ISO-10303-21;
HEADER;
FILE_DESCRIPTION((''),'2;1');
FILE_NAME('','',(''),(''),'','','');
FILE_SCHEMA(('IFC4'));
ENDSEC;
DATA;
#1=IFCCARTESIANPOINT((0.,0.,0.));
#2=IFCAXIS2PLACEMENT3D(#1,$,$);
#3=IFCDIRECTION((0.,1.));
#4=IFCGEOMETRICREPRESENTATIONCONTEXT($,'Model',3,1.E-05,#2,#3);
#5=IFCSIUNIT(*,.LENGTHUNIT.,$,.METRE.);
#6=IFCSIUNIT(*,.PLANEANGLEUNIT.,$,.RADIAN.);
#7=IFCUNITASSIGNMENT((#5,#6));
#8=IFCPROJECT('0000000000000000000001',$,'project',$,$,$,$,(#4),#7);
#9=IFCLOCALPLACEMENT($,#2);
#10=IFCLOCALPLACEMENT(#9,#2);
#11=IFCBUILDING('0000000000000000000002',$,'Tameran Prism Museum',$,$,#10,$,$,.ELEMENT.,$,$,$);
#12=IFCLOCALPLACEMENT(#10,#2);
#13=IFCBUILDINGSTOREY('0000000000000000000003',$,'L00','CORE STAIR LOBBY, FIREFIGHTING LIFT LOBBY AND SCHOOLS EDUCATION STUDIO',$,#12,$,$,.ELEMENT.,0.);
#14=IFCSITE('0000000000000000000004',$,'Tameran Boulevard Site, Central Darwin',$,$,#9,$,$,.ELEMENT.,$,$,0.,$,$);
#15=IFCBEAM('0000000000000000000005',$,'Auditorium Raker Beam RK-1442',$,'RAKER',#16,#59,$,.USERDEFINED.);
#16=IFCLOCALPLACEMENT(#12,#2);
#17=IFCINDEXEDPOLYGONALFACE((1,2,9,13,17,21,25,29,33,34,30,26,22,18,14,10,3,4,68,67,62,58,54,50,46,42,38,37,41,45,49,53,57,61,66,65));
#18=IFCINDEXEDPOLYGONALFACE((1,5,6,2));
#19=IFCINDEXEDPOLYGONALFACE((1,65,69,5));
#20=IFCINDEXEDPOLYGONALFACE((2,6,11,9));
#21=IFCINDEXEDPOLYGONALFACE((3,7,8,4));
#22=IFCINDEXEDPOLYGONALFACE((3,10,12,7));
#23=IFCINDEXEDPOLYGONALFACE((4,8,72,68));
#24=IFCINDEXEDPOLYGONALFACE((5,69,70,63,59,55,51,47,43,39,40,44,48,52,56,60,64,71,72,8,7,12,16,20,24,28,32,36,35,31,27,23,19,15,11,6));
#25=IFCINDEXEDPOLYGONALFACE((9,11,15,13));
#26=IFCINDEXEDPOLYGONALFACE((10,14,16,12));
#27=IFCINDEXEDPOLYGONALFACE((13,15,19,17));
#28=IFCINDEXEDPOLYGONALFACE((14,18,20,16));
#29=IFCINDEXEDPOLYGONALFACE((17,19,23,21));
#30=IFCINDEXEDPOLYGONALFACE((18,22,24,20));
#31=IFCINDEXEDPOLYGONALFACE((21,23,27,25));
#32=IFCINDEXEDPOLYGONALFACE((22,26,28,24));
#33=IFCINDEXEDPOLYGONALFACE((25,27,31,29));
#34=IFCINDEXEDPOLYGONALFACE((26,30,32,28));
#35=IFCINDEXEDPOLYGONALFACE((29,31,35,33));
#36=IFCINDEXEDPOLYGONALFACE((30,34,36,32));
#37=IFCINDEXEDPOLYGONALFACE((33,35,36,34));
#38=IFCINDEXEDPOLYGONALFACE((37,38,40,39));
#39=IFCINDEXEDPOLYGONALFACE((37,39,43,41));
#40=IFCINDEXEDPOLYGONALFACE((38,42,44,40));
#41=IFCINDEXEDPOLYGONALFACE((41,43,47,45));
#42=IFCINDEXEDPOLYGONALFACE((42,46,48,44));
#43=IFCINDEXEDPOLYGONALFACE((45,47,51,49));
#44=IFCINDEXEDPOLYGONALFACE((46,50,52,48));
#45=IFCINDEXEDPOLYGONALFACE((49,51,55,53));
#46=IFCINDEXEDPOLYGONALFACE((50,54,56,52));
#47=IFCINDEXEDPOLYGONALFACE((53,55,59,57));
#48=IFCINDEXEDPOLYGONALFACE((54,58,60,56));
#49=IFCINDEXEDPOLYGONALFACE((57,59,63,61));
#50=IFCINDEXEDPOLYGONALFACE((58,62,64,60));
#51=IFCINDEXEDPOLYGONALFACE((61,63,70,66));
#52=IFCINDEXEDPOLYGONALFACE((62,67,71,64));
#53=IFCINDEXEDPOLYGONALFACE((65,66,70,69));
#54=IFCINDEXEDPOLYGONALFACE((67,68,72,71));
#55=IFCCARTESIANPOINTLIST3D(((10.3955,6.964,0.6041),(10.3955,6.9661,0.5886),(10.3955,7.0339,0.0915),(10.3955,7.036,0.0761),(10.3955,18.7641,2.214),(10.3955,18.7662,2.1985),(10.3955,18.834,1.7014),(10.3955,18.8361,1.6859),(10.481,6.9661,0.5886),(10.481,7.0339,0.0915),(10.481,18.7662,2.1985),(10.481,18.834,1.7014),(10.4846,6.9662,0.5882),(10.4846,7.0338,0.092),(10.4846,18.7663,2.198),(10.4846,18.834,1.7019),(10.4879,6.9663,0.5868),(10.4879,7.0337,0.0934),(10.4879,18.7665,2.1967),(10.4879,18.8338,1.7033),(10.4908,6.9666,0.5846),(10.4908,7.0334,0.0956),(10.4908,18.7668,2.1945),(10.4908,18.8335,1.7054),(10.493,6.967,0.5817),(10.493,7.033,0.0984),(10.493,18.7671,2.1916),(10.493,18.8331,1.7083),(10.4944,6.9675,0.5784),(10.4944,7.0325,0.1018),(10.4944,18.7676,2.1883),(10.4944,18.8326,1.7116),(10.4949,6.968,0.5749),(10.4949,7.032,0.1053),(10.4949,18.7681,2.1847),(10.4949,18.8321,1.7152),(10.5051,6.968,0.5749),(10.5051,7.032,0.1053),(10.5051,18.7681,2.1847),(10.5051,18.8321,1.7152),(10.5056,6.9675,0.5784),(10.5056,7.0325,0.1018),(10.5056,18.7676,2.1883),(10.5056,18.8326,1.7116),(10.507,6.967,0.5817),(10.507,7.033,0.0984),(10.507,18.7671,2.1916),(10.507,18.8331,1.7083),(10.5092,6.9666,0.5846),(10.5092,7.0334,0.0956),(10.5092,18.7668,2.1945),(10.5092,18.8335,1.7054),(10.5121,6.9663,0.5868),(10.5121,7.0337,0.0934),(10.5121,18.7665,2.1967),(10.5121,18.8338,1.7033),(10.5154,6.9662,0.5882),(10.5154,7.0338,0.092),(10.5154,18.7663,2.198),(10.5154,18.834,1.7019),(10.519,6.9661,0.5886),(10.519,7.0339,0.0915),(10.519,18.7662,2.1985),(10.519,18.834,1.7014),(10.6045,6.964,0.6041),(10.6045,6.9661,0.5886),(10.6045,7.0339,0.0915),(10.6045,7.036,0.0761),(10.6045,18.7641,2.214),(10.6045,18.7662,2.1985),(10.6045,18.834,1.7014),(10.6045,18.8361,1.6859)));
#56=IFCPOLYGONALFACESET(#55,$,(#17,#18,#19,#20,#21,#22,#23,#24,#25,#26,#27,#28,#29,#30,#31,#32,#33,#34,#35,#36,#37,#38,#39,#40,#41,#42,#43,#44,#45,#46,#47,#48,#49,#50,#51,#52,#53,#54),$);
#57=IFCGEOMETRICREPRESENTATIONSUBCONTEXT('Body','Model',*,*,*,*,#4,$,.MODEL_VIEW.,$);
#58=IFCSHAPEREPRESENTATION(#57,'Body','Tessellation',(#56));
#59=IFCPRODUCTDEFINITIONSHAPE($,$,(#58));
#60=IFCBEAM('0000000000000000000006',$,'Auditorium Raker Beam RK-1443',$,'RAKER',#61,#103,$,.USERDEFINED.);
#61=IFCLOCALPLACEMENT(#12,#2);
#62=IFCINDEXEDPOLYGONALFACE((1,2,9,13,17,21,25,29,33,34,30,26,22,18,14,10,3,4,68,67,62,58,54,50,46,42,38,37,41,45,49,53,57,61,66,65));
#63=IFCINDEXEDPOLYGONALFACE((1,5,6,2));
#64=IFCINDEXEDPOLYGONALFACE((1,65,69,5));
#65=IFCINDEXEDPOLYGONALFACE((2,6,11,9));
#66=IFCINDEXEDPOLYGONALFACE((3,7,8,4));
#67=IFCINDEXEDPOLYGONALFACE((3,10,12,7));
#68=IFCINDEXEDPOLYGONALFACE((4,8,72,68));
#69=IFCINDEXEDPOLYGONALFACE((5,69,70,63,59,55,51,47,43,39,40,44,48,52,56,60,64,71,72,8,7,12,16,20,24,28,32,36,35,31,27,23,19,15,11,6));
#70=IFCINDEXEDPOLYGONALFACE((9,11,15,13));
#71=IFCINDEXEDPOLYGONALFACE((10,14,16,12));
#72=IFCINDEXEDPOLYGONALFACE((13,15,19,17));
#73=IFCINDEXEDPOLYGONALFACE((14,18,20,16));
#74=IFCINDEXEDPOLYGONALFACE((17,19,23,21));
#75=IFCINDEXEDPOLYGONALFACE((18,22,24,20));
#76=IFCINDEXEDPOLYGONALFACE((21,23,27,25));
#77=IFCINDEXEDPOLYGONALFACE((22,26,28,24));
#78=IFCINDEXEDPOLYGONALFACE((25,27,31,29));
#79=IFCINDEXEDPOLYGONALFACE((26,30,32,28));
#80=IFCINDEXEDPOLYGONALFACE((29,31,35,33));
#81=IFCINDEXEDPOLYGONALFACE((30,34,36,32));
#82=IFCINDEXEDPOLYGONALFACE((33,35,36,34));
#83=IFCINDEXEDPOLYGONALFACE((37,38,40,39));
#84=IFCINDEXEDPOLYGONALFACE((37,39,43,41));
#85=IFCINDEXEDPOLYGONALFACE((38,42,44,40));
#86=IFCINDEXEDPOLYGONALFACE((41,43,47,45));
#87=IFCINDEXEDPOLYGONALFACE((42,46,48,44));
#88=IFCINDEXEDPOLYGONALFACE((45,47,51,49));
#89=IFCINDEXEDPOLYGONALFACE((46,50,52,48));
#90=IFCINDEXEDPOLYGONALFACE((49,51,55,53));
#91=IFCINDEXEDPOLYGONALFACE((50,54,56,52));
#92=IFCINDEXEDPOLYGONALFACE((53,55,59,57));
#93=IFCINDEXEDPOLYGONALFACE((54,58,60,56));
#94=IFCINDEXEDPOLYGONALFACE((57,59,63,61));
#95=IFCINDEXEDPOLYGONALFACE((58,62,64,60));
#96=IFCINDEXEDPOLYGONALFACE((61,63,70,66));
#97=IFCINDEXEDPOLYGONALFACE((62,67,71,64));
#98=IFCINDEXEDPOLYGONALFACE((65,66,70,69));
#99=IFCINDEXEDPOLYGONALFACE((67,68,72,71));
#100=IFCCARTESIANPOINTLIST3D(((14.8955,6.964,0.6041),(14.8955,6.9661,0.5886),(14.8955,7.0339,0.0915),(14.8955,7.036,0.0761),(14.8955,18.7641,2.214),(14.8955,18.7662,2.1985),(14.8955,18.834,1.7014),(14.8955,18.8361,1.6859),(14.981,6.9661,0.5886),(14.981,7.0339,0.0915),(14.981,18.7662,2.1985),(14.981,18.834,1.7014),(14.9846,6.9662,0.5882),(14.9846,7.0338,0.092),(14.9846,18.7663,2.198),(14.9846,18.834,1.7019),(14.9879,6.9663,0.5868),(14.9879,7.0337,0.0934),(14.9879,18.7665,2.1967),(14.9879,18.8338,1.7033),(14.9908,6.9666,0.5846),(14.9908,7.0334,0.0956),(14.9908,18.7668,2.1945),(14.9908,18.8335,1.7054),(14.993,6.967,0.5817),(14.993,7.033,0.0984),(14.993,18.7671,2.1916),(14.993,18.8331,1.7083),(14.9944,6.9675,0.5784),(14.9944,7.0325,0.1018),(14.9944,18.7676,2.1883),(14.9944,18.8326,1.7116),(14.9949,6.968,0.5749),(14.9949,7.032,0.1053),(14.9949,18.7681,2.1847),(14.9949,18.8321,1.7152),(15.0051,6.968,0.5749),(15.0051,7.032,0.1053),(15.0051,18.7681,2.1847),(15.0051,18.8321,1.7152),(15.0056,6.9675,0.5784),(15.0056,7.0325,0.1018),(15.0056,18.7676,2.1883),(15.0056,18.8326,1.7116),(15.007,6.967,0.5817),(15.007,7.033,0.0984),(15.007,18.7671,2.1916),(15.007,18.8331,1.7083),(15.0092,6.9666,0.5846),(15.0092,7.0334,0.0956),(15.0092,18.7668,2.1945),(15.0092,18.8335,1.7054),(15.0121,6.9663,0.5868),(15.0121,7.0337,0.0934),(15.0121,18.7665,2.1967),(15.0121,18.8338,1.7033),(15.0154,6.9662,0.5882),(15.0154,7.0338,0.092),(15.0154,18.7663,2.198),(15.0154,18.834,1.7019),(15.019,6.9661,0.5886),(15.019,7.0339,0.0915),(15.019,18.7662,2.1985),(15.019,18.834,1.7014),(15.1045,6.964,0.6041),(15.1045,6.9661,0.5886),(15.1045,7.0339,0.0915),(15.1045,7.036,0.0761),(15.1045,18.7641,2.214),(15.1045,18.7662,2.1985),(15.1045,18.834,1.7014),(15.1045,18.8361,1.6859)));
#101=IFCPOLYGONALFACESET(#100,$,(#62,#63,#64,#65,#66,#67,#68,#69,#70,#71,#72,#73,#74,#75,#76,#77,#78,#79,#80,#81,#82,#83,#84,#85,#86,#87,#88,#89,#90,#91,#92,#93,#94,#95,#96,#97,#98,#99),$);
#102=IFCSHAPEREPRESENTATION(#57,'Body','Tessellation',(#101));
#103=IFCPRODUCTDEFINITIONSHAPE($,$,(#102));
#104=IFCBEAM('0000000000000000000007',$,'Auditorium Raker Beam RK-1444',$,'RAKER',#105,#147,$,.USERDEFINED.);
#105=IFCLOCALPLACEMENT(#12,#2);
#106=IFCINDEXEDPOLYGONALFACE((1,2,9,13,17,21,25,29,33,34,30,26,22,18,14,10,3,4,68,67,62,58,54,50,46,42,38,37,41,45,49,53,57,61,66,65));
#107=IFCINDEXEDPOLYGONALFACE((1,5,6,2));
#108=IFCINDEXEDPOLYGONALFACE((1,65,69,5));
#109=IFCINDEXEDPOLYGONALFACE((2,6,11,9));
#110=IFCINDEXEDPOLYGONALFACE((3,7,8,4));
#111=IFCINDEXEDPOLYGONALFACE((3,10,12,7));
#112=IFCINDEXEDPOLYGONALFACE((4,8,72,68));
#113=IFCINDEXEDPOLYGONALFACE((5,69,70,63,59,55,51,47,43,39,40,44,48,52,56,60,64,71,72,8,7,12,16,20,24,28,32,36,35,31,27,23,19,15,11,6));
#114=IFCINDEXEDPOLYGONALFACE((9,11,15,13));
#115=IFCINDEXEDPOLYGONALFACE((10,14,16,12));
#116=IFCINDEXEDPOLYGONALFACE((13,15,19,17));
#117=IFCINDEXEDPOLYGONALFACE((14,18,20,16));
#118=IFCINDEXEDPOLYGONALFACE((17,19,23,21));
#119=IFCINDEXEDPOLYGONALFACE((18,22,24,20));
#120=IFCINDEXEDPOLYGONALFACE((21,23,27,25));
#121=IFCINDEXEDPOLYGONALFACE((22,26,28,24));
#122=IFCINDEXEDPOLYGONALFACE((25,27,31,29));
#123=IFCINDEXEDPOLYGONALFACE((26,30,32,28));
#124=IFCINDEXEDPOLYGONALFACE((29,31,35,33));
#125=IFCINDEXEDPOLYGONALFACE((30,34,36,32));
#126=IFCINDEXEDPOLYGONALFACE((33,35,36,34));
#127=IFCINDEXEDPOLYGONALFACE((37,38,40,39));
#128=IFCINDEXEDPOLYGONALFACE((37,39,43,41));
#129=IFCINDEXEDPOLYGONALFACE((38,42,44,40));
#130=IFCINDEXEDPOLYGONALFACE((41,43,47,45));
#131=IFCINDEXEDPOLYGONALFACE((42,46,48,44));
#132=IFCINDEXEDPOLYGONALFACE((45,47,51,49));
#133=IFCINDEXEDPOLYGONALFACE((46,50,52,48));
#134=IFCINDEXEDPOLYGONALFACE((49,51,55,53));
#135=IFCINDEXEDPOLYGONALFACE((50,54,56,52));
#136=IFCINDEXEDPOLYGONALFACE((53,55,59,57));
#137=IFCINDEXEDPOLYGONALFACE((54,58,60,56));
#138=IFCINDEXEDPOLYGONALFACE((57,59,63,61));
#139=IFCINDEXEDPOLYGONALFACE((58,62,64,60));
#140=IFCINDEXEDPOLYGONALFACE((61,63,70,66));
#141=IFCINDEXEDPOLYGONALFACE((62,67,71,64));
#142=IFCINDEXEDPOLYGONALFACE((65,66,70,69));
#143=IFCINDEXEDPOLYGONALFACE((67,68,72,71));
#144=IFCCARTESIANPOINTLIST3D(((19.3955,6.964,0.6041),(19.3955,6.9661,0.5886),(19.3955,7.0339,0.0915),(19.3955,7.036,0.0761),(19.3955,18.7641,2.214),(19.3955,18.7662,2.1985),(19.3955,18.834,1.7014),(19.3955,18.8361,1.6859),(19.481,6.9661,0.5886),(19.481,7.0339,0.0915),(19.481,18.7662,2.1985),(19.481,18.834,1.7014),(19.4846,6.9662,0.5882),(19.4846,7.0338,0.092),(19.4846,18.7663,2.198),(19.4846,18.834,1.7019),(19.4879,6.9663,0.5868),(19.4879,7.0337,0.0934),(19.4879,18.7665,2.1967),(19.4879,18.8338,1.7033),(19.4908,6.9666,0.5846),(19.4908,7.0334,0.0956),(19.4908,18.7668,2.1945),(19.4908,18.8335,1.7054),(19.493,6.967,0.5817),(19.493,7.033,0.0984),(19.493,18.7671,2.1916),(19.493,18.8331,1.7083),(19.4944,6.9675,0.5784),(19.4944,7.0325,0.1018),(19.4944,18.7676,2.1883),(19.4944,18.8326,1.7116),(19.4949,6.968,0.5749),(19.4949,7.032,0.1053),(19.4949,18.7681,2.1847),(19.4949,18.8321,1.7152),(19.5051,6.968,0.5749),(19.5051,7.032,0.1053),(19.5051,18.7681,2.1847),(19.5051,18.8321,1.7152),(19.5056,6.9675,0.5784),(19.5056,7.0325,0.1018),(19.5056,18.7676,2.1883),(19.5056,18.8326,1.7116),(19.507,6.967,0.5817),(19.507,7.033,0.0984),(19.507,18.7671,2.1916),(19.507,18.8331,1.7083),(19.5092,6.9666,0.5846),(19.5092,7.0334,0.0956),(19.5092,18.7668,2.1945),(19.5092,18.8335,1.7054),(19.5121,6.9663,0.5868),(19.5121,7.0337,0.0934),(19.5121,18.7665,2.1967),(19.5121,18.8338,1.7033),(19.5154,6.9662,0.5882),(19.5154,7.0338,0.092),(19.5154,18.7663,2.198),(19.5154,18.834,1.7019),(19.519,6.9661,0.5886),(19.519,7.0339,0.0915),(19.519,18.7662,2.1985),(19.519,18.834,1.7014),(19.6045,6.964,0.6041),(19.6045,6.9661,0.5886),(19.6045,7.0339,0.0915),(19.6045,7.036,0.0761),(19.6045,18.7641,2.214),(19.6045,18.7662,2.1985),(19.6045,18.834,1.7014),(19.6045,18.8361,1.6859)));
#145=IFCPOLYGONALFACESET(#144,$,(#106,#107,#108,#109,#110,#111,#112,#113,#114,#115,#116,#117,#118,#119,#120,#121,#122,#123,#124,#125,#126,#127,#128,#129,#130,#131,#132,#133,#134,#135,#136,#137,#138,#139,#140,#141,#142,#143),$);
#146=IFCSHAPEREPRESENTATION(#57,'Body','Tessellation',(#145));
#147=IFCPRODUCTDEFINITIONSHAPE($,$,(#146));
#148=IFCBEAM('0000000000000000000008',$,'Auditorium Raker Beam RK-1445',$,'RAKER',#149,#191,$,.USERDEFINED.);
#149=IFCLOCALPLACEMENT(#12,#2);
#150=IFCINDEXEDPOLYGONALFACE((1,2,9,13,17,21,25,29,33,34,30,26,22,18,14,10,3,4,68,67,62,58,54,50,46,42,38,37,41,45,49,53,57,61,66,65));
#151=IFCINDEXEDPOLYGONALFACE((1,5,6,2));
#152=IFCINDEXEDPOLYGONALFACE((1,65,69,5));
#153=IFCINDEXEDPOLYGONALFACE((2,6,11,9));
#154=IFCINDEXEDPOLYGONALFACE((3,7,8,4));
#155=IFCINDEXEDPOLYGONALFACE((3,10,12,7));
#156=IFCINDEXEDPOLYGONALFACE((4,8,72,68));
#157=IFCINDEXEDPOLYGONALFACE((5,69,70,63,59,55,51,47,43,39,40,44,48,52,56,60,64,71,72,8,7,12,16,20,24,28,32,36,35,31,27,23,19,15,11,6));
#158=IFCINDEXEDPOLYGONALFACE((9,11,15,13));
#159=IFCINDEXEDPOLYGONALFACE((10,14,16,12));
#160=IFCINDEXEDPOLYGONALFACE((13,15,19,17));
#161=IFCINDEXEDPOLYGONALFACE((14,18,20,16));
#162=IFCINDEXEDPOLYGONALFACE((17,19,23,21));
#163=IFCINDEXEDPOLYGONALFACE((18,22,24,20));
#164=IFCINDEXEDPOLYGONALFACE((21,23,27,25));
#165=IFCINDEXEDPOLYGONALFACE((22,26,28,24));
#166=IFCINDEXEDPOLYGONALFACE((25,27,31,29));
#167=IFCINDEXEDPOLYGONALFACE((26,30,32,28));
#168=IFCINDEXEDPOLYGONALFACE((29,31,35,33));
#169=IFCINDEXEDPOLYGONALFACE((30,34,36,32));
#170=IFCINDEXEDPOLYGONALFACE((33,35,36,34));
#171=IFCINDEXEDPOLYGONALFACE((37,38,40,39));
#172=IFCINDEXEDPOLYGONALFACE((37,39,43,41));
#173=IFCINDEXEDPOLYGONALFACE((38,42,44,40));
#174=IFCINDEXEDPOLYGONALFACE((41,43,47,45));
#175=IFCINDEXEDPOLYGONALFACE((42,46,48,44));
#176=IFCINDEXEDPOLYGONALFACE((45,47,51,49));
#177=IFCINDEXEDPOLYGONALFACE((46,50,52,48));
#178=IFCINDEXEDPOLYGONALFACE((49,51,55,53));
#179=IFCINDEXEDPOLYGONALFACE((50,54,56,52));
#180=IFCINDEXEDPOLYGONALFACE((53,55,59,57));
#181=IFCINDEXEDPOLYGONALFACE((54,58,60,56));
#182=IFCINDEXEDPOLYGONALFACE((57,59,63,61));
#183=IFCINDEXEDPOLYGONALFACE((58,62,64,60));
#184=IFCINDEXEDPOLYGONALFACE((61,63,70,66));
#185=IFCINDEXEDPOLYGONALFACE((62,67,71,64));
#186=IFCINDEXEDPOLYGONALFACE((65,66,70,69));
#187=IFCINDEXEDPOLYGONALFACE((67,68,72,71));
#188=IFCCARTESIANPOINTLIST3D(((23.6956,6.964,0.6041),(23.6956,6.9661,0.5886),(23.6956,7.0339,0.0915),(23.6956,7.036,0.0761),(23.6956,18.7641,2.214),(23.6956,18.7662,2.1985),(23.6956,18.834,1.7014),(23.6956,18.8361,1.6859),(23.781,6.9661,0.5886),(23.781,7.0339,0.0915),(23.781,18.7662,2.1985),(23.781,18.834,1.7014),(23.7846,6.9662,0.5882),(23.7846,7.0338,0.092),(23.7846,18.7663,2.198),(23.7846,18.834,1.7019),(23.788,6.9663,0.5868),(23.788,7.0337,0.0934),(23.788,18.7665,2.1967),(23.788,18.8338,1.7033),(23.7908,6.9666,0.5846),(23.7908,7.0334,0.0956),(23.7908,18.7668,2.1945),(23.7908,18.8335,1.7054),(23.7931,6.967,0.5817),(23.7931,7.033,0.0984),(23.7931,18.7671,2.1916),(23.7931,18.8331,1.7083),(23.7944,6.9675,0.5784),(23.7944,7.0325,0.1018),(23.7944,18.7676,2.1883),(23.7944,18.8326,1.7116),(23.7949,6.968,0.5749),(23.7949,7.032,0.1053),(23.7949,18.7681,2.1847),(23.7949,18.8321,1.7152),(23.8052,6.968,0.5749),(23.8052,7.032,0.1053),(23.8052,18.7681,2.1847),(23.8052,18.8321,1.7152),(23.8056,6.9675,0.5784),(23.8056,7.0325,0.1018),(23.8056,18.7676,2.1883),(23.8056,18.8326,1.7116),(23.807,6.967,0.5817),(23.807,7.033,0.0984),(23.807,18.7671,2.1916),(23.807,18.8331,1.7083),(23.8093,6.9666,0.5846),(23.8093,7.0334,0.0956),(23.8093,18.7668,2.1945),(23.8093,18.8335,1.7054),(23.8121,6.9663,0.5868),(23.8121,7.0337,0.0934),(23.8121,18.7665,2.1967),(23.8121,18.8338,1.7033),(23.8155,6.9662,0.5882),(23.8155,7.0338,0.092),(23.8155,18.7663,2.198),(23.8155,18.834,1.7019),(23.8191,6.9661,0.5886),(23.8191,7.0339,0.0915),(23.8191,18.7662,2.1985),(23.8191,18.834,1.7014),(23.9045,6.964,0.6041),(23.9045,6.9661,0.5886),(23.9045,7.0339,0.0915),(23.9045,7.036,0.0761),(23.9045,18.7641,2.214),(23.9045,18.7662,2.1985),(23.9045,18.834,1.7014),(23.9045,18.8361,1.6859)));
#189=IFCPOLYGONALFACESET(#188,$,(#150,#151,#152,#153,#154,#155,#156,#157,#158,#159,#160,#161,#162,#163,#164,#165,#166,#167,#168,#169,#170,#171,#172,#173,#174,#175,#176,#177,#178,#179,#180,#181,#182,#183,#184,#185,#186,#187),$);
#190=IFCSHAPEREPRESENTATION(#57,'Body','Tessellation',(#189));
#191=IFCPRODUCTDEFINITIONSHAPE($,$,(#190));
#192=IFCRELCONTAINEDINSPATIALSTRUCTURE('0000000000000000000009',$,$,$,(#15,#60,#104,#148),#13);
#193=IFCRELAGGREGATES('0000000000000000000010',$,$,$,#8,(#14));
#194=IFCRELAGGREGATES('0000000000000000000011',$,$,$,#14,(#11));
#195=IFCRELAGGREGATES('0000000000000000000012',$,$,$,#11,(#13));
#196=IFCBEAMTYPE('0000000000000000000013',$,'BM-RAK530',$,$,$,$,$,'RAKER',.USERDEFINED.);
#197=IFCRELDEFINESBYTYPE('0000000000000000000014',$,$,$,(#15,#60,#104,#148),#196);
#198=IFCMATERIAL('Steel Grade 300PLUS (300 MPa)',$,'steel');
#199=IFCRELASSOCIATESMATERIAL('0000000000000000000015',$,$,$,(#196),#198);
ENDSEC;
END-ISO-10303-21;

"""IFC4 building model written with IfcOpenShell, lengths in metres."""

from ifc_helpers import new_model, si_unit, direction, frame, origin, origin_2d, place, context, subcontext, project, spatial, i_section, extrude, material, material_profile, profile_set, type_object, element, save


model = new_model("IFC4")

# Units and contexts
model_context = context("Model", 3, precision=1e-05, world=origin(), true_north=direction((0.0, 1.0)))
body_context = subcontext(model_context, "Body", "Model", "MODEL_VIEW")
ifc_project = project(units=[si_unit("LENGTHUNIT", "METRE"), si_unit("PLANEANGLEUNIT", "RADIAN")], contexts=[model_context])

# Site, building, storey
site_placement = place(None, origin())
site = spatial("IfcSite", under=ifc_project, at=site_placement, Name="Tameran Boulevard Site, Central Darwin", CompositionType="ELEMENT", RefElevation=0.0)
building_placement = place(site_placement, origin())
building = spatial("IfcBuilding", under=site, at=building_placement, Name="Tameran Prism Museum", CompositionType="ELEMENT")
storey_placement = place(building_placement, origin())
storey = spatial("IfcBuildingStorey", under=building, at=storey_placement, Name="L00", Description="CORE STAIR LOBBY, FIREFIGHTING LIFT LOBBY AND SCHOOLS EDUCATION STUDIO", CompositionType="ELEMENT", Elevation=0.0)

# Beams
ifc_material_1 = material(Name="Steel Grade 300PLUS (300 MPa)", Category="steel")
ifc_material_profile_1 = material_profile(ifc_material_1, i_section(OverallWidth=0.209, OverallDepth=0.533, WebThickness=0.0103, FlangeThickness=0.0156, FilletRadius=0.0139, at=origin_2d()))
ifc_profile_set_1 = profile_set([ifc_material_profile_1])
beam_type_1 = type_object("IfcBeamType", Name="BM-RAK530", ElementType="RAKER", PredefinedType="USERDEFINED", material=ifc_profile_set_1)
for number, where, z_axis, x_axis, name in (
    (1, (10.5, 7.0, 0.3401), (0.0, 0.990822, 0.135176), (-1.0, 0.0, 0.0), "Auditorium Raker Beam RK-1442"),
    (2, (15.0, 7.0, 0.3401), (0.0, 0.990822, 0.135176), (-1.0, 0.0, 0.0), "Auditorium Raker Beam RK-1443"),
    (3, (19.5, 7.0, 0.3401), (0.0, 0.990822, 0.135176), (-1.0, 0.0, 0.0), "Auditorium Raker Beam RK-1444"),
    (4, (23.8, 7.0, 0.3401), (0.0, 0.990822, 0.135176), (-1.0, 0.0, 0.0), "Auditorium Raker Beam RK-1445"),
):
    element("IfcBeam", number, at=place(storey_placement, frame(where, z_axis=z_axis, x_axis=x_axis)), inside=storey, type_object=beam_type_1, Name=name, ObjectType="RAKER", PredefinedType="USERDEFINED", context=body_context, shape_type="SweptSolid", body=[
        extrude(i_section(OverallWidth=0.209, OverallDepth=0.533, WebThickness=0.0103, FlangeThickness=0.0156, FilletRadius=0.0139, at=origin_2d()), origin(), (0.0, 0.0, 1.0), 11.9094),
    ])

save(model, "model.ifc")
